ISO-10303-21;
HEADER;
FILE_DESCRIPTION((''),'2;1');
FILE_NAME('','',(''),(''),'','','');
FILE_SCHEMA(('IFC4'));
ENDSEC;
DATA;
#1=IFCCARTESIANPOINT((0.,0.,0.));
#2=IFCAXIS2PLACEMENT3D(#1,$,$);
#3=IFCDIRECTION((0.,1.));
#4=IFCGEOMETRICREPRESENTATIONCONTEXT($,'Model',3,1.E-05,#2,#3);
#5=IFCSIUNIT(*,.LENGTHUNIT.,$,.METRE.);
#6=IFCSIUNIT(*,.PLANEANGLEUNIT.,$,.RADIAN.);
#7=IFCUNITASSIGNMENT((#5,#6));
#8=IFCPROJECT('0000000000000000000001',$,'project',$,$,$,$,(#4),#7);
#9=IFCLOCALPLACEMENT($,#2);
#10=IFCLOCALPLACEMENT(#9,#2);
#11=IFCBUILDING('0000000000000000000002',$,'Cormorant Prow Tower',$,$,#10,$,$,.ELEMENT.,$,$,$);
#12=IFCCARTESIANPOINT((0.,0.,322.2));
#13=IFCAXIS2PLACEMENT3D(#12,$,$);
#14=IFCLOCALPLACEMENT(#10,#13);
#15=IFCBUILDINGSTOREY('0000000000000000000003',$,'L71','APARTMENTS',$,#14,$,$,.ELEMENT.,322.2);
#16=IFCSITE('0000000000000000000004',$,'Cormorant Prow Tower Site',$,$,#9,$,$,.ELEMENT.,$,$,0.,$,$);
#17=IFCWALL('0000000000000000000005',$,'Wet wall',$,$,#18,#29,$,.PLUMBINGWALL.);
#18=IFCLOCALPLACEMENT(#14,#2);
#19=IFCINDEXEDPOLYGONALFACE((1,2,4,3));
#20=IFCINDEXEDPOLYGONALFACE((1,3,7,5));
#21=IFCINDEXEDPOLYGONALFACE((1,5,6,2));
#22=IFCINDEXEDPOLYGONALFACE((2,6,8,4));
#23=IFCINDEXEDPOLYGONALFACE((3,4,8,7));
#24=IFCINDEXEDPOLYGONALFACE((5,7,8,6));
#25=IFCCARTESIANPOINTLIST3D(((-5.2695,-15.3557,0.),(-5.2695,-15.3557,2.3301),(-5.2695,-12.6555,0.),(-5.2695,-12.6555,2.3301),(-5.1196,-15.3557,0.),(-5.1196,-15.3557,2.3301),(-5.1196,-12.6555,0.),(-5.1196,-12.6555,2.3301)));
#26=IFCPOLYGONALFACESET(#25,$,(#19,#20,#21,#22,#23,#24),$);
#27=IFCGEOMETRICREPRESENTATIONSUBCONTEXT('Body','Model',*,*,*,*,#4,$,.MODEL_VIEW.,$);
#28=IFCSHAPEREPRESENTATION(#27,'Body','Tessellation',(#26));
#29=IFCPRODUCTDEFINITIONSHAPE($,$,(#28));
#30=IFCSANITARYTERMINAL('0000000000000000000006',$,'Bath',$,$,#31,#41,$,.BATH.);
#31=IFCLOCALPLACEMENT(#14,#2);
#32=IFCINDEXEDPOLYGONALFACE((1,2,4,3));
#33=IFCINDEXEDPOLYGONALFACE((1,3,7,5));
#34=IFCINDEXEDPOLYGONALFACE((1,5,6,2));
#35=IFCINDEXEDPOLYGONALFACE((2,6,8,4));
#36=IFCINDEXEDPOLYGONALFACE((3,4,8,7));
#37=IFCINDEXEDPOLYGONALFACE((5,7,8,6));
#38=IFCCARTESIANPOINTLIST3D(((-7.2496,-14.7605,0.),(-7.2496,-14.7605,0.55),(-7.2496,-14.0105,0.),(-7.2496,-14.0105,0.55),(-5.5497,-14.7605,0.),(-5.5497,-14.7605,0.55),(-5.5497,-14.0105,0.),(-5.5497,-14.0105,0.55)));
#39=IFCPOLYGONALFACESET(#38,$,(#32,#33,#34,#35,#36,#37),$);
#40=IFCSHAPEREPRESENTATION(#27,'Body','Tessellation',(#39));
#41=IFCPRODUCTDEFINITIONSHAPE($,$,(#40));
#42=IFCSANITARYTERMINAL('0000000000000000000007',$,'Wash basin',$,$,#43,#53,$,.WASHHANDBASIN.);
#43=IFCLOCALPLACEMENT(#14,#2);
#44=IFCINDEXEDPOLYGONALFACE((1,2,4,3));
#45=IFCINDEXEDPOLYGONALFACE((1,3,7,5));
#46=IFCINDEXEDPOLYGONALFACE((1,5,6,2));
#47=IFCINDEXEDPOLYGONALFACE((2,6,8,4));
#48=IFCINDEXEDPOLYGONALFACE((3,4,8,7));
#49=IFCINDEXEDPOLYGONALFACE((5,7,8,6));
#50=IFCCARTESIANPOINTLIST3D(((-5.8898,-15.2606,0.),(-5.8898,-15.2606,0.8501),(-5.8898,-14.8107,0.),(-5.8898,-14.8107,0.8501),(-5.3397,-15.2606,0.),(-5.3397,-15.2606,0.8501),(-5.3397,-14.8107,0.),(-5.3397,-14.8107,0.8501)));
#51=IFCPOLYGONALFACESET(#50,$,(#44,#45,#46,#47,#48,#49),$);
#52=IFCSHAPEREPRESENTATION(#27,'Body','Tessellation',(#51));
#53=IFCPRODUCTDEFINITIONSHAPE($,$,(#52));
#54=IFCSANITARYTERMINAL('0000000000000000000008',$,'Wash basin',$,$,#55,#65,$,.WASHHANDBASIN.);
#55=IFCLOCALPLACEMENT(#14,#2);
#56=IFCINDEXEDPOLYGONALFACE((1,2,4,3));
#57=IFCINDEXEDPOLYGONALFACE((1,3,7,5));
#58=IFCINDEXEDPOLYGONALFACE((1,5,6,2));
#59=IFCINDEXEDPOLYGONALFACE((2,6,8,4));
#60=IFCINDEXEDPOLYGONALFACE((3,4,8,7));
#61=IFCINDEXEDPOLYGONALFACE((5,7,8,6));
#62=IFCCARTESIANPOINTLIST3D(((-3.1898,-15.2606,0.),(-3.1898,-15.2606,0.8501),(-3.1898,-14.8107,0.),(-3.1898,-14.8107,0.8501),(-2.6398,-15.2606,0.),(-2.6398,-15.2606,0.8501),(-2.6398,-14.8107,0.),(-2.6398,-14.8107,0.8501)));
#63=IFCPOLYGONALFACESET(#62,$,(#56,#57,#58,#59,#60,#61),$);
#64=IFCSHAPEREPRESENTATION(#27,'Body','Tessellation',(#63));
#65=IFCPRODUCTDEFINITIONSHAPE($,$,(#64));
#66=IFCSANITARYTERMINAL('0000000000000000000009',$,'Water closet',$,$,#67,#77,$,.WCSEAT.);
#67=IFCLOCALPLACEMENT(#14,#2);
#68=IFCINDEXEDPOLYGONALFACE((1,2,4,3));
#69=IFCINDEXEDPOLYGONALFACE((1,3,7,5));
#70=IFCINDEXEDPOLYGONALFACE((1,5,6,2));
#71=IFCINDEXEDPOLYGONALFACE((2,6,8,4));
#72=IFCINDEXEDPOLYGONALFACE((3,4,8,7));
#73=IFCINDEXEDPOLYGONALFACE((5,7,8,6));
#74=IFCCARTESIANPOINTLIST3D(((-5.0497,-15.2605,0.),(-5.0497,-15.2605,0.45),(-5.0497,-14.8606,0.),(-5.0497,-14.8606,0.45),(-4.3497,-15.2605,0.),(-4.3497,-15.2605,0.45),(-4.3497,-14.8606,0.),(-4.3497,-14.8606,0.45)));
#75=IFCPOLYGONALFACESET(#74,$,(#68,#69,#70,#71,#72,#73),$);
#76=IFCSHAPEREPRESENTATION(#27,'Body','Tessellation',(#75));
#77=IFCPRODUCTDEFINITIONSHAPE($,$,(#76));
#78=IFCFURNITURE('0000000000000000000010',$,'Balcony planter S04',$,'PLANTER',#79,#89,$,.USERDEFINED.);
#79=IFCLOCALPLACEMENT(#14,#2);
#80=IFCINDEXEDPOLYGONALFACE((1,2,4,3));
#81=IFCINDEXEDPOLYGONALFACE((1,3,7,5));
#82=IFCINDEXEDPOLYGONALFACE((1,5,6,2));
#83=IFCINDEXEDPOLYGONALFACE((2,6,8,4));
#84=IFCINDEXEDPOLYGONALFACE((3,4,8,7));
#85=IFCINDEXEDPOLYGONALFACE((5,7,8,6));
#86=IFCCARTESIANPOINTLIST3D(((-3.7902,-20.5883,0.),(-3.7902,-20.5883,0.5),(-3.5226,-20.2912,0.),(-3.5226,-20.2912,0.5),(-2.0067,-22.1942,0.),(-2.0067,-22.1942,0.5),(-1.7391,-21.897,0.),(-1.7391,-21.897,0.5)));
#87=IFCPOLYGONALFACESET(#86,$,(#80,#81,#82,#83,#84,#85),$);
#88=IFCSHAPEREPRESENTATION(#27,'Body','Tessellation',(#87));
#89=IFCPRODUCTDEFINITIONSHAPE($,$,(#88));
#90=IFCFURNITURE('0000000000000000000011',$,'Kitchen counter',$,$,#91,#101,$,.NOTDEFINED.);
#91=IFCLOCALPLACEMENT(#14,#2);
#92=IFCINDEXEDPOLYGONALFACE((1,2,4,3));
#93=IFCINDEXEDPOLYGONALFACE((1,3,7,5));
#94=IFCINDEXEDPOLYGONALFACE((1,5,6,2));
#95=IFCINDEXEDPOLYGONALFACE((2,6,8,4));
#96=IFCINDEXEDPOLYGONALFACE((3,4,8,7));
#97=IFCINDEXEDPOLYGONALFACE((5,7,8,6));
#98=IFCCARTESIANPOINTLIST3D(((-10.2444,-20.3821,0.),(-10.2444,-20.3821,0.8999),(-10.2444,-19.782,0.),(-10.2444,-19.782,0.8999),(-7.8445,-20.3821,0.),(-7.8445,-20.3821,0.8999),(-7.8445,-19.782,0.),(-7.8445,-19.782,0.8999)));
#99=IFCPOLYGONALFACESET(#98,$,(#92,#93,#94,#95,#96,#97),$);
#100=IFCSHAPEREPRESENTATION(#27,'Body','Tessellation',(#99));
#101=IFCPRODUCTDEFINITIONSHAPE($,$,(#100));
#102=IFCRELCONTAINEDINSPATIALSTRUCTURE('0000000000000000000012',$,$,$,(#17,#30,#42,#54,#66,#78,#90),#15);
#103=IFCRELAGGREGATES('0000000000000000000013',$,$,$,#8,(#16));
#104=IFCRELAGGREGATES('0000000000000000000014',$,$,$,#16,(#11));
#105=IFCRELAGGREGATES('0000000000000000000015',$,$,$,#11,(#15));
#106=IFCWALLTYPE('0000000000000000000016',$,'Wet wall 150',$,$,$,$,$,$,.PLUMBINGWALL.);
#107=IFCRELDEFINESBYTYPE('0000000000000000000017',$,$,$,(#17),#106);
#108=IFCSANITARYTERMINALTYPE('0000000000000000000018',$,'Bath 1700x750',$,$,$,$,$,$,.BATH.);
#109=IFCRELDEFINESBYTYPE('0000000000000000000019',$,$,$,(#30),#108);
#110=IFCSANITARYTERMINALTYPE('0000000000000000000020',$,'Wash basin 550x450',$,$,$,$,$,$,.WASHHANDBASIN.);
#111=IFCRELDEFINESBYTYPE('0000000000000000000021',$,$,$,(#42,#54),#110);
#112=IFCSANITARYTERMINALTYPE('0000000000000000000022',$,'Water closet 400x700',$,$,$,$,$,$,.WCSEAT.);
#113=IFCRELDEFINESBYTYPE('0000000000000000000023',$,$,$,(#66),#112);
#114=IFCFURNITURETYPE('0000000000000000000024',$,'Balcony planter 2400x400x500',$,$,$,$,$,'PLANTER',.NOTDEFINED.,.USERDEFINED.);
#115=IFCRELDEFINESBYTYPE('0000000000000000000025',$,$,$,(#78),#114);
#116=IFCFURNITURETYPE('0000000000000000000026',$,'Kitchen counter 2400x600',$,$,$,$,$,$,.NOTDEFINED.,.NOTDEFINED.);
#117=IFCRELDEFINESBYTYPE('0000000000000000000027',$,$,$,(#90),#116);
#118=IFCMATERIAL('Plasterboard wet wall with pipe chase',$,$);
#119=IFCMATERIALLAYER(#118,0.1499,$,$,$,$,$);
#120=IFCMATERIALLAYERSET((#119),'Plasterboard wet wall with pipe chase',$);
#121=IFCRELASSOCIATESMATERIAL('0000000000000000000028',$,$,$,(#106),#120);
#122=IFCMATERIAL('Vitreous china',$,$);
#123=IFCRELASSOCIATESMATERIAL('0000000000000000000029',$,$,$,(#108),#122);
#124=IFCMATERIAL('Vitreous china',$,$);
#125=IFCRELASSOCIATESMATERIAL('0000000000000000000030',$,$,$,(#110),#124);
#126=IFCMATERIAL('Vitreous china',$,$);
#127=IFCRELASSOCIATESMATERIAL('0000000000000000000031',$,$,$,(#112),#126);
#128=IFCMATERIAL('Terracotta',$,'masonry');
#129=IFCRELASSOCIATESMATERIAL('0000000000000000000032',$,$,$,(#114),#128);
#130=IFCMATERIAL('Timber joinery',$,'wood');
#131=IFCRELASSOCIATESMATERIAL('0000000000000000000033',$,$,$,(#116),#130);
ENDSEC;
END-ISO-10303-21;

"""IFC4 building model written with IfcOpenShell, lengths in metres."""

from ifc_helpers import new_model, si_unit, direction, frame, frame_2d, origin, origin_2d, place, context, subcontext, project, spatial, rectangle, extrude, material, layer, layer_set, type_object, element, save


model = new_model("IFC4")

# Units and contexts
model_context = context("Model", 3, precision=1e-05, world=origin(), true_north=direction((0.0, 1.0)))
body_context = subcontext(model_context, "Body", "Model", "MODEL_VIEW")
ifc_project = project(units=[si_unit("LENGTHUNIT", "METRE"), si_unit("PLANEANGLEUNIT", "RADIAN")], contexts=[model_context])

# Site, building, storey
site_placement = place(None, origin())
site = spatial("IfcSite", under=ifc_project, at=site_placement, Name="Cormorant Prow Tower Site", CompositionType="ELEMENT", RefElevation=0.0)
building_placement = place(site_placement, origin())
building = spatial("IfcBuilding", under=site, at=building_placement, Name="Cormorant Prow Tower", CompositionType="ELEMENT")
storey_placement = place(building_placement, frame((0.0, 0.0, 322.2)))
storey = spatial("IfcBuildingStorey", under=building, at=storey_placement, Name="L71", Description="APARTMENTS", CompositionType="ELEMENT", Elevation=322.2)

# Wall
ifc_material_1 = material(Name="Plasterboard wet wall with pipe chase")
ifc_layer_1 = layer(ifc_material_1, 0.1499)
ifc_layer_set_1 = layer_set([ifc_layer_1], Name="Plasterboard wet wall with pipe chase")
wall_type_1 = type_object("IfcWallType", Name="Wet wall 150", PredefinedType="PLUMBINGWALL", material=ifc_layer_set_1)
wall_1_placement = place(storey_placement, frame((-5.1946, -15.3557, 0.0), z_axis=(0.0, 0.0, 1.0), x_axis=(0.0, 1.0, 0.0)))
element("IfcWall", 1, at=wall_1_placement, inside=storey, type_object=wall_type_1, Name="Wet wall", PredefinedType="PLUMBINGWALL", context=body_context, shape_type="SweptSolid", body=[
    extrude(rectangle(XDim=2.7002, YDim=0.1499, at=frame_2d((1.3501, 0.0))), origin(), (0.0, 0.0, 1.0), 2.3301),
])

# Sanitary terminals
ifc_material_2 = material(Name="Vitreous china")
sanitary_terminal_type_1 = type_object("IfcSanitaryTerminalType", Name="Bath 1700x750", PredefinedType="BATH", material=ifc_material_2)
sanitary_terminal_1_placement = place(storey_placement, frame((-6.3997, -14.3855, 0.0), z_axis=(0.0, 0.0, 1.0), x_axis=(1.0, 0.0, 0.0)))
element("IfcSanitaryTerminal", 2, at=sanitary_terminal_1_placement, inside=storey, type_object=sanitary_terminal_type_1, Name="Bath", PredefinedType="BATH", context=body_context, shape_type="SweptSolid", body=[
    extrude(rectangle(XDim=1.7, YDim=0.75, at=origin_2d()), origin(), (0.0, 0.0, 1.0), 0.55),
])
ifc_material_3 = material(Name="Vitreous china")
sanitary_terminal_type_2 = type_object("IfcSanitaryTerminalType", Name="Wash basin 550x450", PredefinedType="WASHHANDBASIN", material=ifc_material_3)
for number, where, z_axis, x_axis, name in (
    (3, (-5.6147, -15.0356, 0.0), (0.0, 0.0, 1.0), (-1.0, 0.0, 0.0), "Wash basin"),
    (4, (-2.9148, -15.0356, 0.0), (0.0, 0.0, 1.0), (-1.0, 0.0, 0.0), "Wash basin"),
):
    element("IfcSanitaryTerminal", number, at=place(storey_placement, frame(where, z_axis=z_axis, x_axis=x_axis)), inside=storey, type_object=sanitary_terminal_type_2, Name=name, PredefinedType="WASHHANDBASIN", context=body_context, shape_type="SweptSolid", body=[
        extrude(rectangle(XDim=0.55, YDim=0.45, at=origin_2d()), origin(), (0.0, 0.0, 1.0), 0.8501),
    ])
ifc_material_4 = material(Name="Vitreous china")
sanitary_terminal_type_3 = type_object("IfcSanitaryTerminalType", Name="Water closet 400x700", PredefinedType="WCSEAT", material=ifc_material_4)
sanitary_terminal_2_placement = place(storey_placement, frame((-4.6997, -15.0605, 0.0), z_axis=(0.0, 0.0, 1.0), x_axis=(0.0, 1.0, 0.0)))
element("IfcSanitaryTerminal", 5, at=sanitary_terminal_2_placement, inside=storey, type_object=sanitary_terminal_type_3, Name="Water closet", PredefinedType="WCSEAT", context=body_context, shape_type="SweptSolid", body=[
    extrude(rectangle(XDim=0.3999, YDim=0.7, at=origin_2d()), origin(), (0.0, 0.0, 1.0), 0.45),
])

# Furniture
ifc_material_5 = material(Name="Terracotta", Category="masonry")
furniture_type_1 = type_object("IfcFurnitureType", Name="Balcony planter 2400x400x500", ElementType="PLANTER", AssemblyPlace="NOTDEFINED", PredefinedType="USERDEFINED", material=ifc_material_5)
furniture_1_placement = place(storey_placement, frame((-2.7646, -21.2427, 0.0), z_axis=(0.0, 0.0, 1.0), x_axis=(0.743145, -0.669131, 0.0)))
element("IfcFurniture", 6, at=furniture_1_placement, inside=storey, type_object=furniture_type_1, Name="Balcony planter S04", ObjectType="PLANTER", PredefinedType="USERDEFINED", context=body_context, shape_type="SweptSolid", body=[
    extrude(rectangle(XDim=2.3999, YDim=0.3999, at=origin_2d()), origin(), (0.0, 0.0, 1.0), 0.5),
])
ifc_material_6 = material(Name="Timber joinery", Category="wood")
furniture_type_2 = type_object("IfcFurnitureType", Name="Kitchen counter 2400x600", AssemblyPlace="NOTDEFINED", PredefinedType="NOTDEFINED", material=ifc_material_6)
furniture_2_placement = place(storey_placement, frame((-9.0444, -20.082, 0.0), z_axis=(0.0, 0.0, 1.0), x_axis=(1.0, 0.0, 0.0)))
element("IfcFurniture", 7, at=furniture_2_placement, inside=storey, type_object=furniture_type_2, Name="Kitchen counter", PredefinedType="NOTDEFINED", context=body_context, shape_type="SweptSolid", body=[
    extrude(rectangle(XDim=2.3999, YDim=0.6001, at=origin_2d()), origin(), (0.0, 0.0, 1.0), 0.8999),
])

save(model, "model.ifc")
